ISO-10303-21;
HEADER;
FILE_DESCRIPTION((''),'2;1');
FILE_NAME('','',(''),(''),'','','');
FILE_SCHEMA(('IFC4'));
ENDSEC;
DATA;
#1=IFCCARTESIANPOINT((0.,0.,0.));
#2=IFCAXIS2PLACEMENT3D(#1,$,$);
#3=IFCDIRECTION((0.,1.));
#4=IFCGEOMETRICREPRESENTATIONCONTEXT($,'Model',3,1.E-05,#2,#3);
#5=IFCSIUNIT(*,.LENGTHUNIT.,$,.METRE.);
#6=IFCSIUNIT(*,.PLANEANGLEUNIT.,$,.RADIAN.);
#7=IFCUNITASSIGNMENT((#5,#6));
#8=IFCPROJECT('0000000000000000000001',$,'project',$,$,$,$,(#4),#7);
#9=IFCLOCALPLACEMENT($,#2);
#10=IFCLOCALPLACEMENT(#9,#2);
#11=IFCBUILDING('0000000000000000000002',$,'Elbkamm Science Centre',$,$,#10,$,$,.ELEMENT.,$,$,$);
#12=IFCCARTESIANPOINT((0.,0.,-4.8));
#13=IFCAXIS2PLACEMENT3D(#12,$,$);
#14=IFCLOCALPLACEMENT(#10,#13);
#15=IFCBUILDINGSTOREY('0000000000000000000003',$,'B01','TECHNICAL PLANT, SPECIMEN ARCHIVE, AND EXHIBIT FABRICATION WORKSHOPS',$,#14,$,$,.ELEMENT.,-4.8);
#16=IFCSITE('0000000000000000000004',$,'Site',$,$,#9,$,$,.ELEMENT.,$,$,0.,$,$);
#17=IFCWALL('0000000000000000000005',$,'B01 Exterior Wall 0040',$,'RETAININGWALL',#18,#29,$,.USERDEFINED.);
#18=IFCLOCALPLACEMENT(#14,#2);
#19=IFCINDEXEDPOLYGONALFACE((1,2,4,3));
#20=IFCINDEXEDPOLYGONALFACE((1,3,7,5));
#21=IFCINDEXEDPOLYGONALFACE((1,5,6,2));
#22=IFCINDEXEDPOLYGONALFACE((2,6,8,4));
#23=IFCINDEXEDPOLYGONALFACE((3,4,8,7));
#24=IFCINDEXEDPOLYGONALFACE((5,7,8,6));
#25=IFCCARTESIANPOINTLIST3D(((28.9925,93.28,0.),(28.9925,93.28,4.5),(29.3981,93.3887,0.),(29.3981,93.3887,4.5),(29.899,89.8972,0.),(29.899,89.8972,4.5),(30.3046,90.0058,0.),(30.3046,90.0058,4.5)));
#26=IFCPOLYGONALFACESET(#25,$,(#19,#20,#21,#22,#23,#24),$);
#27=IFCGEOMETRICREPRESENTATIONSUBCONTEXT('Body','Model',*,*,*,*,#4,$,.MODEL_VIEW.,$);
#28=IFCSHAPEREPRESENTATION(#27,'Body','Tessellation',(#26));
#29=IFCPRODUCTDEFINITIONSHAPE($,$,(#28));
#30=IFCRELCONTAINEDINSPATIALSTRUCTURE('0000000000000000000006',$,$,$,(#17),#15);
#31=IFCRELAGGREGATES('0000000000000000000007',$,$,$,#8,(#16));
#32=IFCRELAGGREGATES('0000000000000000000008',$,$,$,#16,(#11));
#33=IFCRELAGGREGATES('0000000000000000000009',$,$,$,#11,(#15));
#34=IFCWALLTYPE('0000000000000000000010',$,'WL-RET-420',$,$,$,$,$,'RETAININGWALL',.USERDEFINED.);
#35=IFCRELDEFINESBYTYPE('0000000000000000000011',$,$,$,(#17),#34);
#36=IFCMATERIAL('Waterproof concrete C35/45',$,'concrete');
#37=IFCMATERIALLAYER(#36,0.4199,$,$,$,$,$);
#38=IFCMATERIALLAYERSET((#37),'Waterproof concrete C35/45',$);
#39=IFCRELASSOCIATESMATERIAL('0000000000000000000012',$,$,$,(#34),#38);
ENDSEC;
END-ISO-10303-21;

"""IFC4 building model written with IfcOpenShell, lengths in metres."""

from ifc_helpers import new_model, si_unit, direction, frame, frame_2d, origin, place, context, subcontext, project, spatial, rectangle, extrude, material, layer, layer_set, type_object, element, save


model = new_model("IFC4")

# Units and contexts
model_context = context("Model", 3, precision=1e-05, world=origin(), true_north=direction((0.0, 1.0)))
body_context = subcontext(model_context, "Body", "Model", "MODEL_VIEW")
ifc_project = project(units=[si_unit("LENGTHUNIT", "METRE"), si_unit("PLANEANGLEUNIT", "RADIAN")], contexts=[model_context])

# Site, building, storey
site_placement = place(None, origin())
site = spatial("IfcSite", under=ifc_project, at=site_placement, Name="Site", CompositionType="ELEMENT", RefElevation=0.0)
building_placement = place(site_placement, origin())
building = spatial("IfcBuilding", under=site, at=building_placement, Name="Elbkamm Science Centre", CompositionType="ELEMENT")
storey_placement = place(building_placement, frame((0.0, 0.0, -4.8)))
storey = spatial("IfcBuildingStorey", under=building, at=storey_placement, Name="B01", Description="TECHNICAL PLANT, SPECIMEN ARCHIVE, AND EXHIBIT FABRICATION WORKSHOPS", CompositionType="ELEMENT", Elevation=-4.8)

# Wall
ifc_material_1 = material(Name="Waterproof concrete C35/45", Category="concrete")
ifc_layer_1 = layer(ifc_material_1, 0.4199)
ifc_layer_set_1 = layer_set([ifc_layer_1], Name="Waterproof concrete C35/45")
wall_type_1 = type_object("IfcWallType", Name="WL-RET-420", ElementType="RETAININGWALL", PredefinedType="USERDEFINED", material=ifc_layer_set_1)
wall_1_placement = place(storey_placement, frame((29.1953, 93.3342, 0.0), z_axis=(0.0, 0.0, 1.0), x_axis=(0.258838, -0.965921, 0.0)))
element("IfcWall", 1, at=wall_1_placement, inside=storey, type_object=wall_type_1, Name="B01 Exterior Wall 0040", ObjectType="RETAININGWALL", PredefinedType="USERDEFINED", context=body_context, shape_type="SweptSolid", body=[
    extrude(rectangle(XDim=3.5022, YDim=0.4199, at=frame_2d((1.751, 0.0))), origin(), (0.0, 0.0, 1.0), 4.5),
])

save(model, "model.ifc")
